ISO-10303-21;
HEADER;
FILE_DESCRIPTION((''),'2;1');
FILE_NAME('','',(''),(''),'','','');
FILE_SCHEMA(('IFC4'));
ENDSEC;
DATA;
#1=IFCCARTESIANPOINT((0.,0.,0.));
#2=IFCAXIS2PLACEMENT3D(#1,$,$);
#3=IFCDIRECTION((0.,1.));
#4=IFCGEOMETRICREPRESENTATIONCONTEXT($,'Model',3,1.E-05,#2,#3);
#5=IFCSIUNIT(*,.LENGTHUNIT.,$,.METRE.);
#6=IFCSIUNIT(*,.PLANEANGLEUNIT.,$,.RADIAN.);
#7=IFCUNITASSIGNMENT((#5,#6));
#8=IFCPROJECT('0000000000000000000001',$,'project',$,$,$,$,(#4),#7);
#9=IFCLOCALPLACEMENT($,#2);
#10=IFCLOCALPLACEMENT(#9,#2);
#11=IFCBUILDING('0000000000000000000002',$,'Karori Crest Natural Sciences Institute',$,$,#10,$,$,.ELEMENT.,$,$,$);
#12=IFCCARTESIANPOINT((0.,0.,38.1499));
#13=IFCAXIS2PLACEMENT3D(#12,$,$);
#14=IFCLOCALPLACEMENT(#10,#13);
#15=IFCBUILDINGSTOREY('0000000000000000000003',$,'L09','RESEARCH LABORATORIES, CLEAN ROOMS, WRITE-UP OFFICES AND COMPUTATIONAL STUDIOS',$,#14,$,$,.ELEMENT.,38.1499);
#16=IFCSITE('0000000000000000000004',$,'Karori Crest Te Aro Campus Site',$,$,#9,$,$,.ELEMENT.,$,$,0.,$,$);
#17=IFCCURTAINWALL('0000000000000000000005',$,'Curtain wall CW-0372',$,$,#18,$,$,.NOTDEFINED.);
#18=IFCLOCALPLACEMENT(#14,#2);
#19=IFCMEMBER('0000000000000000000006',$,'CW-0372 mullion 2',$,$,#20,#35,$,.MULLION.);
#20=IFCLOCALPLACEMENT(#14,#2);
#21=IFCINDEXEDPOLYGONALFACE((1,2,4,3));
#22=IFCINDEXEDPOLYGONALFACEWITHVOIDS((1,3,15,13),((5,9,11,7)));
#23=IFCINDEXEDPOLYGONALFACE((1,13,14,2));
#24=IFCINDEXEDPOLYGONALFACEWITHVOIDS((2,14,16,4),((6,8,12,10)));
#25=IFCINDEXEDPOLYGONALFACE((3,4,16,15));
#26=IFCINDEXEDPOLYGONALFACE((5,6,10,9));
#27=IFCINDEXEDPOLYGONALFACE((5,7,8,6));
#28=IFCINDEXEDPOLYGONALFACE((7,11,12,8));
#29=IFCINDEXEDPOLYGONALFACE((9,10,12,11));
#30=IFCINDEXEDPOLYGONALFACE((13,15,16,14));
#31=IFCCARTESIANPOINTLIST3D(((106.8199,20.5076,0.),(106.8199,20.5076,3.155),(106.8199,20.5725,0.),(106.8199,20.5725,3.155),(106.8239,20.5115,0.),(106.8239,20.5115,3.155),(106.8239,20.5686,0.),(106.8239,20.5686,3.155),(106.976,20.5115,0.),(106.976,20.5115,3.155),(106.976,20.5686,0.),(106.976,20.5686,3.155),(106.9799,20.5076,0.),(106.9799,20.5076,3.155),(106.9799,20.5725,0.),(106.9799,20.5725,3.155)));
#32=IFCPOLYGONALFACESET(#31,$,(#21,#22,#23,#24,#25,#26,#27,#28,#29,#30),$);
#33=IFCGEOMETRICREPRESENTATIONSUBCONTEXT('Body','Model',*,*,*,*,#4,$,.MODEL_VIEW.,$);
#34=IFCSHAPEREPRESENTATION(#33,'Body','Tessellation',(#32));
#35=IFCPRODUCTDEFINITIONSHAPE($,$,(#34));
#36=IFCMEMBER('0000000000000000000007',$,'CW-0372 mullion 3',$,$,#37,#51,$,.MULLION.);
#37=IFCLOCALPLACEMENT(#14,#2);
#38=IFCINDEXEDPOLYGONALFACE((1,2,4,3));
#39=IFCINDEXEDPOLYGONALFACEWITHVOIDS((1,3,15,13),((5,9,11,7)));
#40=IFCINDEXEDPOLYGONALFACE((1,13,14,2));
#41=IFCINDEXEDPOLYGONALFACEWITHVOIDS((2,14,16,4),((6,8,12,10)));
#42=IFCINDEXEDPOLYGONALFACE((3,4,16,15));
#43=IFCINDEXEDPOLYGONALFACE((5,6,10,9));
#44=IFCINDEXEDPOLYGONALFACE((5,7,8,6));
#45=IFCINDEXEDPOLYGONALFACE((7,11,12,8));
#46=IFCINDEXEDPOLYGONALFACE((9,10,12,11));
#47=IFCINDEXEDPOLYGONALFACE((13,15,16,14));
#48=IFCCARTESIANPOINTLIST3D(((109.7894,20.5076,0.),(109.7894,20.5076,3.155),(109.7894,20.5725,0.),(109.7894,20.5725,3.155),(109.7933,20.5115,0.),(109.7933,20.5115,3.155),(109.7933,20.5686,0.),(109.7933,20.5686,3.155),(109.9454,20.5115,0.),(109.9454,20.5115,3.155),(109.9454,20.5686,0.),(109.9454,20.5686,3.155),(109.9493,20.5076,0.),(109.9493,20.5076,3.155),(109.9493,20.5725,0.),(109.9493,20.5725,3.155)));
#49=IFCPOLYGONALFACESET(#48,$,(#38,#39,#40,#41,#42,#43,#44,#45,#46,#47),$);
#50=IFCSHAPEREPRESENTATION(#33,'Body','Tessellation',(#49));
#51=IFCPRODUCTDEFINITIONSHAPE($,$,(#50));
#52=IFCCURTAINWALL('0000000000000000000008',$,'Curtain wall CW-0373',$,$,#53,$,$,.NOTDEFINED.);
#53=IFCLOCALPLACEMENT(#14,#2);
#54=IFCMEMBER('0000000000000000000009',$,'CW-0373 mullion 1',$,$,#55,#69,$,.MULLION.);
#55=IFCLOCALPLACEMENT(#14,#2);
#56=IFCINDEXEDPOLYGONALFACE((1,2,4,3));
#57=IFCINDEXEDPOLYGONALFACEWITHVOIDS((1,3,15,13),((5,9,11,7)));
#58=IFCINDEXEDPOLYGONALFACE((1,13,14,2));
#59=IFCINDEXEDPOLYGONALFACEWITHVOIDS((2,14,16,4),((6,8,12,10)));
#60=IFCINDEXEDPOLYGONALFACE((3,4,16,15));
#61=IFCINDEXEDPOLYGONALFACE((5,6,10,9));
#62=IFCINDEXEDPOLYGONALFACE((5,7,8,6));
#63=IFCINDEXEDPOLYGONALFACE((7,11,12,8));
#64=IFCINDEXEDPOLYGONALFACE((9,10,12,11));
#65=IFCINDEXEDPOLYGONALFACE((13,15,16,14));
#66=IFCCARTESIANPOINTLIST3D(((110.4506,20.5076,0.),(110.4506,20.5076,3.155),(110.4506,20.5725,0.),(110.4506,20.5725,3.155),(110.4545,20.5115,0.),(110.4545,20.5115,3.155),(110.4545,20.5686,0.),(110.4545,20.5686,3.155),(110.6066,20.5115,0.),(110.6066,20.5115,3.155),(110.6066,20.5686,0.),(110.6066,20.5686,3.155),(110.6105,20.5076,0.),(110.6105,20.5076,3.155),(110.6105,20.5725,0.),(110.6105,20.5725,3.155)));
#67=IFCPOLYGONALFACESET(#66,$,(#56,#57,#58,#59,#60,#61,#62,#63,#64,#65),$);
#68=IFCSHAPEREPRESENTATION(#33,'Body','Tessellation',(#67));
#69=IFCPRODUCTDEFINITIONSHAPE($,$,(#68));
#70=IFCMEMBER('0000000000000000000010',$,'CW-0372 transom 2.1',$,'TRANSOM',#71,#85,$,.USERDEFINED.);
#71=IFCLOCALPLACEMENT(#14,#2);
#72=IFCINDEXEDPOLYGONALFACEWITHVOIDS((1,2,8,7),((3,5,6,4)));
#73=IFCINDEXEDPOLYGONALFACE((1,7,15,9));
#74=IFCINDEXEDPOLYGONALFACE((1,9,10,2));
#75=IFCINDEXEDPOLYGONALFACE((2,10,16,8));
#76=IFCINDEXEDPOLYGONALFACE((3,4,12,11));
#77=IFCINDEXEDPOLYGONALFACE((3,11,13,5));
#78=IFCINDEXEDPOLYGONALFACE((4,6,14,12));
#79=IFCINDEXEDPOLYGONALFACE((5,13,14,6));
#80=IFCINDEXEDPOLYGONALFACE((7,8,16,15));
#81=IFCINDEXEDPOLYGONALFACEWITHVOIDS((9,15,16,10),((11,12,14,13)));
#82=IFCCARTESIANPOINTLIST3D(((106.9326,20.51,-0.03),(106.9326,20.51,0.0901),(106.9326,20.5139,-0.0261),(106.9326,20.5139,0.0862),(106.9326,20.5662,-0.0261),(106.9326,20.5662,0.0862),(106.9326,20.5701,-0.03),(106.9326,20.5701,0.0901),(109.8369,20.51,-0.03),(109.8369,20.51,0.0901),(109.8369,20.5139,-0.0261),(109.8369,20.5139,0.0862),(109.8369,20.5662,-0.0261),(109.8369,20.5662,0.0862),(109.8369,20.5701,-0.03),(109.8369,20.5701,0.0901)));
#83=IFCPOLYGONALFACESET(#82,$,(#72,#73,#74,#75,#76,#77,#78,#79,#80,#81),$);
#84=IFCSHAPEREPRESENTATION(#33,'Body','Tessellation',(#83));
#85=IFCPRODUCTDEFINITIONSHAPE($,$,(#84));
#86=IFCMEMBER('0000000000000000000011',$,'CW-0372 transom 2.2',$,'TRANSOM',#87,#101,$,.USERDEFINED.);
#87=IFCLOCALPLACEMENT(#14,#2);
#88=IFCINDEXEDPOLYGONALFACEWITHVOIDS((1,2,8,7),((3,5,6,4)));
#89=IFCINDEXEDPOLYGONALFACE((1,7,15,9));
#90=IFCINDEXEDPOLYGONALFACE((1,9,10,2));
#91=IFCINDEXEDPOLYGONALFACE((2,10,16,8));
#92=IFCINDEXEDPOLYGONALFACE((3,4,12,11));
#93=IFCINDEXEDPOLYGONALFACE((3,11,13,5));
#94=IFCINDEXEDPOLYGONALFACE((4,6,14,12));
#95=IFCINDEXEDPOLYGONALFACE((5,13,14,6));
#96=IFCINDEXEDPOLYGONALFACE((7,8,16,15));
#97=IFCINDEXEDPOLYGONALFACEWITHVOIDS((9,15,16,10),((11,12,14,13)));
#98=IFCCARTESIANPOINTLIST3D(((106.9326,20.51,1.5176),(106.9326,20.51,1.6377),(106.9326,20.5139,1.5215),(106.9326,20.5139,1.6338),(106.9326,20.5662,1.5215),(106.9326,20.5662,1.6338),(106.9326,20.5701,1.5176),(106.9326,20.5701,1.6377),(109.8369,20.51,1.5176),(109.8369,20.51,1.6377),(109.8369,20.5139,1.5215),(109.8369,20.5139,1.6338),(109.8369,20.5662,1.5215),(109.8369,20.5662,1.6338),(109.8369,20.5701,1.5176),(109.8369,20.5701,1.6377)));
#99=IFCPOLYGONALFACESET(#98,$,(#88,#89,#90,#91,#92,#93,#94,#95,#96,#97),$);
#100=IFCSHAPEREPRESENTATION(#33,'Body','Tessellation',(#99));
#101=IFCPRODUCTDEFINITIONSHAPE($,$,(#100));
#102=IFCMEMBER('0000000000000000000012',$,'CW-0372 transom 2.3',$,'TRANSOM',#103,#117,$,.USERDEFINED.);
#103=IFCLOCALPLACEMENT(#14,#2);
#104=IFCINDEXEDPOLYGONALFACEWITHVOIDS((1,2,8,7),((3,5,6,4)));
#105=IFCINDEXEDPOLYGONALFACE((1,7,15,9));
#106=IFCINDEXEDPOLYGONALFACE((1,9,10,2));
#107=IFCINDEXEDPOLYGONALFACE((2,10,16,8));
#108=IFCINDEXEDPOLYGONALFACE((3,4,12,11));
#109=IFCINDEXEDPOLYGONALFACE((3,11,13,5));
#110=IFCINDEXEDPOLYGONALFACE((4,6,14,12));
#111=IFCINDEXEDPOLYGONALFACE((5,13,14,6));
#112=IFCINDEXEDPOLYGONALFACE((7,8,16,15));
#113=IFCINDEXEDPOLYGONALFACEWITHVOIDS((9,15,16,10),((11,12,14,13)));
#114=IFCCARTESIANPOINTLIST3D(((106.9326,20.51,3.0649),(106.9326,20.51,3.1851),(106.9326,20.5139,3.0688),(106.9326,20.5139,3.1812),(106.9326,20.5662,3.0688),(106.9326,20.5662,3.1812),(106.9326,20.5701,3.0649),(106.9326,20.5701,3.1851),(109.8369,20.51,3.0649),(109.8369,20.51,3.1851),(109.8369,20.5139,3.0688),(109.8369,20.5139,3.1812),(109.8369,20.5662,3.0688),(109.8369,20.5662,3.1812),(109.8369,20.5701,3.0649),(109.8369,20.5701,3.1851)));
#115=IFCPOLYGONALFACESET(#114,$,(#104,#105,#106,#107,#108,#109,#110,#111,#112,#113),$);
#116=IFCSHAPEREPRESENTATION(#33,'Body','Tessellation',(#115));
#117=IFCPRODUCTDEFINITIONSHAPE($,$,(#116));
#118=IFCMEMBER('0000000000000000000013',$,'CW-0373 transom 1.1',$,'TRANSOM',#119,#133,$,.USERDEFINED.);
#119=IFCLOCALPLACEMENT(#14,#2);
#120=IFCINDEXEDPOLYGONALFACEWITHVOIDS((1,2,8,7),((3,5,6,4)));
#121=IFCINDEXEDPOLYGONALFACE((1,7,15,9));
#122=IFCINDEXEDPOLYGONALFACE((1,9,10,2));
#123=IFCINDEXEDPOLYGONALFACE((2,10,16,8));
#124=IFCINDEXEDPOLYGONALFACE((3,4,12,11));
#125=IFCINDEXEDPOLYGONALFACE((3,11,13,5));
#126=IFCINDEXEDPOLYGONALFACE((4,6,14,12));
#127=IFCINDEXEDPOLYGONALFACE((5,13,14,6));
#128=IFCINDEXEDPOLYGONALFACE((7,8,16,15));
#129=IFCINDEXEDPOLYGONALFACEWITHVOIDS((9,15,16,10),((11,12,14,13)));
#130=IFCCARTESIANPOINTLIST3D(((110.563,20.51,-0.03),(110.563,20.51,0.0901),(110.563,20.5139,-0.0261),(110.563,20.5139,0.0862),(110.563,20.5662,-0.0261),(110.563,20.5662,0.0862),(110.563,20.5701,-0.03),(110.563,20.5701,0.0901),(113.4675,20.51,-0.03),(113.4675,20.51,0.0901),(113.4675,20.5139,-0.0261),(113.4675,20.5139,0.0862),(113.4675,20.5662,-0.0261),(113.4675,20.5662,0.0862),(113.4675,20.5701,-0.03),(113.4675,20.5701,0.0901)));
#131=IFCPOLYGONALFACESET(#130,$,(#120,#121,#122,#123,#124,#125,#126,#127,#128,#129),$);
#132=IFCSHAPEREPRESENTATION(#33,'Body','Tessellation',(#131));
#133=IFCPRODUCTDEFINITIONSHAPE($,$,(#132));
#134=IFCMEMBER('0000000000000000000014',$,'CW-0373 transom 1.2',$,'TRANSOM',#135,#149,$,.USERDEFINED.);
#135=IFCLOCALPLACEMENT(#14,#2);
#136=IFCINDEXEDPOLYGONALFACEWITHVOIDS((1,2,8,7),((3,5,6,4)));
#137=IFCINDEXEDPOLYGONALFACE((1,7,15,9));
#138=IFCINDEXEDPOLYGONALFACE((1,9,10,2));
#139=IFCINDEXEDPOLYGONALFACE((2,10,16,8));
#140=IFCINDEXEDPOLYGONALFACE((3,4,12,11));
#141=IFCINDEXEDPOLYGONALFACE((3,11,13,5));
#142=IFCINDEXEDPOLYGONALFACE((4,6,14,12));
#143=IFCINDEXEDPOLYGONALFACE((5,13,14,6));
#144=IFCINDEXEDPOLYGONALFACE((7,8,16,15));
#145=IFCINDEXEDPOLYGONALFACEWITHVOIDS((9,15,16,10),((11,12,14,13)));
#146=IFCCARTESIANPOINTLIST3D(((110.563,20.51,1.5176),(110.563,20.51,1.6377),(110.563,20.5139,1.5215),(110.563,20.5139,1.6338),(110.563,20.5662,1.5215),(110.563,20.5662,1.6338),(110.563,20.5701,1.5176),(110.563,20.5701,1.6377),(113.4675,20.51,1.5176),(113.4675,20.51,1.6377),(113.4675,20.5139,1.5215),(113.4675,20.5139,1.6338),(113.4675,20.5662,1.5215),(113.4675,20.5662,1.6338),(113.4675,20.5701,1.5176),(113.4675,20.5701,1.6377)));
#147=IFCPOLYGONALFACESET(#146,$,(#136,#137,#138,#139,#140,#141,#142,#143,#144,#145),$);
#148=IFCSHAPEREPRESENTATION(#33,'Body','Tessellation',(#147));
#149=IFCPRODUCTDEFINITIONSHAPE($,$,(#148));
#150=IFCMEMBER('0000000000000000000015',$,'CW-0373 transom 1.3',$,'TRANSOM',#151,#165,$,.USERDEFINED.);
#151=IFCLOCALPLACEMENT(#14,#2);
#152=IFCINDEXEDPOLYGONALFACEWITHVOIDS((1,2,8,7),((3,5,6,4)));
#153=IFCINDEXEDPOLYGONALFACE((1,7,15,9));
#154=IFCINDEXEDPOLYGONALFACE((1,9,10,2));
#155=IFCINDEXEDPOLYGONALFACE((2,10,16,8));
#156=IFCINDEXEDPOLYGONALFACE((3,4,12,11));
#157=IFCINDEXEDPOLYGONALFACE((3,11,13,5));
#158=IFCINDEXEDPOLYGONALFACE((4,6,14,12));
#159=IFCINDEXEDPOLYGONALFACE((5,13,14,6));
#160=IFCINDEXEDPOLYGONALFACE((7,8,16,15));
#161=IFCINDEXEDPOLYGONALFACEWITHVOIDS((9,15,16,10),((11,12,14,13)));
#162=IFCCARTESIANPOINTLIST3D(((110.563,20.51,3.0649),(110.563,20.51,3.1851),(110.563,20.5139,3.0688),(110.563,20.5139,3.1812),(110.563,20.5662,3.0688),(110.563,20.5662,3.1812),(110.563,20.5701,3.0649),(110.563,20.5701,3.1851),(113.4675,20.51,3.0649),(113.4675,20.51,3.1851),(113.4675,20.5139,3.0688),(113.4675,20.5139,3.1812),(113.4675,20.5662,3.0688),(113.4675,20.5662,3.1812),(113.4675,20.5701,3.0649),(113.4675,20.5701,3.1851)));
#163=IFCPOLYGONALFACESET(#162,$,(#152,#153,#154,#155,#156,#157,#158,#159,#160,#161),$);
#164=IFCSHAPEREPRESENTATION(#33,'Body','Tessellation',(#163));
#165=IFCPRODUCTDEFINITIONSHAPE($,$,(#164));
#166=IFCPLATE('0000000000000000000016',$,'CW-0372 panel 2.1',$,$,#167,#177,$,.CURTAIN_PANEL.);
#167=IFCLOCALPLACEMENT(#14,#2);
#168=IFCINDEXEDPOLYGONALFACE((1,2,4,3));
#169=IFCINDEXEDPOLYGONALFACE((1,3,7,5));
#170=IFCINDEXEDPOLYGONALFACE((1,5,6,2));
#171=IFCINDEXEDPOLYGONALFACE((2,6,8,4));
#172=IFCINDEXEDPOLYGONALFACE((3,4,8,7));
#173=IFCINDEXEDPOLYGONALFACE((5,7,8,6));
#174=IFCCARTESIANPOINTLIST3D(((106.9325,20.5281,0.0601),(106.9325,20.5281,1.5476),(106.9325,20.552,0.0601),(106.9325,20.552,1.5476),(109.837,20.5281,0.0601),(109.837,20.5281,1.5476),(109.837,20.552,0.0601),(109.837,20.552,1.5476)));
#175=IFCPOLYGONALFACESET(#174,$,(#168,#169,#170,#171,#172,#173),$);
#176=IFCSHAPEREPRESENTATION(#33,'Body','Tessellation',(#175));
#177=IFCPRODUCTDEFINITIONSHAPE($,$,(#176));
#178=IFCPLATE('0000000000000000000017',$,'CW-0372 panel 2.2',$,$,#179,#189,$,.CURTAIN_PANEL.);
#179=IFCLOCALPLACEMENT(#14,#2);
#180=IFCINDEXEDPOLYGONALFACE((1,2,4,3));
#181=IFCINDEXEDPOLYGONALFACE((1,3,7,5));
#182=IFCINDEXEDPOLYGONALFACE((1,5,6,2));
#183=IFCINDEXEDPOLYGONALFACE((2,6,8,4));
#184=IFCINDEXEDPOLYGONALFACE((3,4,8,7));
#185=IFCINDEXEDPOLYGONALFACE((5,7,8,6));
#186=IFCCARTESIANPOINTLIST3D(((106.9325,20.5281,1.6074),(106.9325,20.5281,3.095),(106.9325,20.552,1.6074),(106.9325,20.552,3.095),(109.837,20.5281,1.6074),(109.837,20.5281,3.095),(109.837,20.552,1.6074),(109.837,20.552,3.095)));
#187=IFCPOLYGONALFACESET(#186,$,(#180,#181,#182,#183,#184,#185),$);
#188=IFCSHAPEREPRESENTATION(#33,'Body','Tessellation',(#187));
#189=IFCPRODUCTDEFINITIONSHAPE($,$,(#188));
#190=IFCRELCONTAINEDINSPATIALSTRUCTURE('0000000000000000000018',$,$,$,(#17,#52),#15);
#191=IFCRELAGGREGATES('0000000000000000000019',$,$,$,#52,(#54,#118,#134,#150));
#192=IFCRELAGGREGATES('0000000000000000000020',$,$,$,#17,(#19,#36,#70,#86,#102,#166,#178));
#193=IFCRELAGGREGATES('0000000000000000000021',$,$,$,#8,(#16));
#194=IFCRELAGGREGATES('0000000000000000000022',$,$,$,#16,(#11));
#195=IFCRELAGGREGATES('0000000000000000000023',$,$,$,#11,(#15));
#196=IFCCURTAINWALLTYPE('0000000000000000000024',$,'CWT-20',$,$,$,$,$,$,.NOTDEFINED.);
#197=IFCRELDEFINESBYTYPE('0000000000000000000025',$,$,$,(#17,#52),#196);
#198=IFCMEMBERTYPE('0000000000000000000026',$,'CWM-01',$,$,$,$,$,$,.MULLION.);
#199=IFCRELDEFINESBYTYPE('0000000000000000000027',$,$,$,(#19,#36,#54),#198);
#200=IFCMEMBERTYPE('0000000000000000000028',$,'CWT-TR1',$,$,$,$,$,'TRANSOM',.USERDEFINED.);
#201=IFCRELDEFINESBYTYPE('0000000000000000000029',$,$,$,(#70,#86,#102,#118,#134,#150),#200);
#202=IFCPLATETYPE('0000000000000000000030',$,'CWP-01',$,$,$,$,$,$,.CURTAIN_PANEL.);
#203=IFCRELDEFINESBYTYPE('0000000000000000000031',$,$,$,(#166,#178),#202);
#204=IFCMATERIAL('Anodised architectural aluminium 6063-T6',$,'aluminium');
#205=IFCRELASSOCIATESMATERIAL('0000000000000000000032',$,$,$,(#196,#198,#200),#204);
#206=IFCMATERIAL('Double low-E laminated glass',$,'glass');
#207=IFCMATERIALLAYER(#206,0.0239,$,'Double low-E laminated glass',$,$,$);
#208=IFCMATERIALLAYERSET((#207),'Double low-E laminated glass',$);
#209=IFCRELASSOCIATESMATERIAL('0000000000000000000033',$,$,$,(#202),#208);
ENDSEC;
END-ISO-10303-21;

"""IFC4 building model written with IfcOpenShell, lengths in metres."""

from ifc_helpers import new_model, si_unit, direction, frame, origin, origin_2d, place, context, subcontext, project, spatial, rectangle, hollow_rectangle, extrude, material, layer, layer_set, material_profile, profile_set, type_object, element, aggregate, save


model = new_model("IFC4")

# Units and contexts
model_context = context("Model", 3, precision=1e-05, world=origin(), true_north=direction((0.0, 1.0)))
body_context = subcontext(model_context, "Body", "Model", "MODEL_VIEW")
ifc_project = project(units=[si_unit("LENGTHUNIT", "METRE"), si_unit("PLANEANGLEUNIT", "RADIAN")], contexts=[model_context])

# Site, building, storey
site_placement = place(None, origin())
site = spatial("IfcSite", under=ifc_project, at=site_placement, Name="Karori Crest Te Aro Campus Site", CompositionType="ELEMENT", RefElevation=0.0)
building_placement = place(site_placement, origin())
building = spatial("IfcBuilding", under=site, at=building_placement, Name="Karori Crest Natural Sciences Institute", CompositionType="ELEMENT")
storey_placement = place(building_placement, frame((0.0, 0.0, 38.1499)))
storey = spatial("IfcBuildingStorey", under=building, at=storey_placement, Name="L09", Description="RESEARCH LABORATORIES, CLEAN ROOMS, WRITE-UP OFFICES AND COMPUTATIONAL STUDIOS", CompositionType="ELEMENT", Elevation=38.1499)

# Curtain wall, members
ifc_material_1 = material(Name="Anodised architectural aluminium 6063-T6", Category="aluminium")
curtain_wall_type = type_object("IfcCurtainWallType", Name="CWT-20", PredefinedType="NOTDEFINED", material=ifc_material_1)
curtain_wall_1_placement = place(storey_placement, origin())
curtain_wall_1 = element("IfcCurtainWall", 1, at=curtain_wall_1_placement, inside=storey, type_object=curtain_wall_type, Name="Curtain wall CW-0372", PredefinedType="NOTDEFINED")
ifc_material_profile_1 = material_profile(ifc_material_1, hollow_rectangle(XDim=0.0649, YDim=0.1599, WallThickness=0.0039, at=origin_2d()), Name="CWM160x65x4")
ifc_profile_set_1 = profile_set([ifc_material_profile_1], Name="Anodised architectural aluminium 6063-T6")
member_type_1 = type_object("IfcMemberType", Name="CWM-01", PredefinedType="MULLION", material=ifc_profile_set_1)
member_1_placement = place(storey_placement, frame((106.8999, 20.54, 0.0), z_axis=(0.0, 0.0, 1.0), x_axis=(0.0, 1.0, 0.0)))
member_1 = element("IfcMember", 2, at=member_1_placement, type_object=member_type_1, Name="CW-0372 mullion 2", PredefinedType="MULLION", context=body_context, shape_type="SweptSolid", body=[
    extrude(hollow_rectangle(XDim=0.0649, YDim=0.1599, WallThickness=0.0039, at=origin_2d()), origin(), (0.0, 0.0, 1.0), 3.155),
])
member_2_placement = place(storey_placement, frame((109.8694, 20.54, 0.0), z_axis=(0.0, 0.0, 1.0), x_axis=(0.0, 1.0, 0.0)))
member_2 = element("IfcMember", 3, at=member_2_placement, type_object=member_type_1, Name="CW-0372 mullion 3", PredefinedType="MULLION", context=body_context, shape_type="SweptSolid", body=[
    extrude(hollow_rectangle(XDim=0.0649, YDim=0.1599, WallThickness=0.0039, at=origin_2d()), origin(), (0.0, 0.0, 1.0), 3.155),
])

# Curtain wall, member
curtain_wall_2_placement = place(storey_placement, origin())
curtain_wall_2 = element("IfcCurtainWall", 4, at=curtain_wall_2_placement, inside=storey, type_object=curtain_wall_type, Name="Curtain wall CW-0373", PredefinedType="NOTDEFINED")
member_3_placement = place(storey_placement, frame((110.5305, 20.54, 0.0), z_axis=(0.0, 0.0, 1.0), x_axis=(0.0, 1.0, 0.0)))
member_3 = element("IfcMember", 5, at=member_3_placement, type_object=member_type_1, Name="CW-0373 mullion 1", PredefinedType="MULLION", context=body_context, shape_type="SweptSolid", body=[
    extrude(hollow_rectangle(XDim=0.0649, YDim=0.1599, WallThickness=0.0039, at=origin_2d()), origin(), (0.0, 0.0, 1.0), 3.155),
])

# Members
ifc_material_profile_2 = material_profile(ifc_material_1, hollow_rectangle(XDim=0.0601, YDim=0.1201, WallThickness=0.0039, at=origin_2d()), Name="CWT120x60x4")
ifc_profile_set_2 = profile_set([ifc_material_profile_2], Name="Anodised architectural aluminium 6063-T6")
member_type_2 = type_object("IfcMemberType", Name="CWT-TR1", ElementType="TRANSOM", PredefinedType="USERDEFINED", material=ifc_profile_set_2)
member_4_placement = place(storey_placement, frame((106.9326, 20.54, 0.03), z_axis=(1.0, 0.0, 0.0), x_axis=(0.0, 1.0, 0.0)))
member_4 = element("IfcMember", 6, at=member_4_placement, type_object=member_type_2, Name="CW-0372 transom 2.1", ObjectType="TRANSOM", PredefinedType="USERDEFINED", context=body_context, shape_type="SweptSolid", body=[
    extrude(hollow_rectangle(XDim=0.0601, YDim=0.1201, WallThickness=0.0039, at=origin_2d()), origin(), (0.0, 0.0, 1.0), 2.9043),
])
member_5_placement = place(storey_placement, frame((106.9326, 20.54, 1.5776), z_axis=(1.0, 0.0, 0.0), x_axis=(0.0, 1.0, 0.0)))
member_5 = element("IfcMember", 7, at=member_5_placement, type_object=member_type_2, Name="CW-0372 transom 2.2", ObjectType="TRANSOM", PredefinedType="USERDEFINED", context=body_context, shape_type="SweptSolid", body=[
    extrude(hollow_rectangle(XDim=0.0601, YDim=0.1201, WallThickness=0.0039, at=origin_2d()), origin(), (0.0, 0.0, 1.0), 2.9043),
])
member_6_placement = place(storey_placement, frame((106.9326, 20.54, 3.125), z_axis=(1.0, 0.0, 0.0), x_axis=(0.0, 1.0, 0.0)))
member_6 = element("IfcMember", 8, at=member_6_placement, type_object=member_type_2, Name="CW-0372 transom 2.3", ObjectType="TRANSOM", PredefinedType="USERDEFINED", context=body_context, shape_type="SweptSolid", body=[
    extrude(hollow_rectangle(XDim=0.0601, YDim=0.1201, WallThickness=0.0039, at=origin_2d()), origin(), (0.0, 0.0, 1.0), 2.9043),
])
member_7_placement = place(storey_placement, frame((110.563, 20.54, 0.03), z_axis=(1.0, 0.0, 0.0), x_axis=(0.0, 1.0, 0.0)))
member_7 = element("IfcMember", 9, at=member_7_placement, type_object=member_type_2, Name="CW-0373 transom 1.1", ObjectType="TRANSOM", PredefinedType="USERDEFINED", context=body_context, shape_type="SweptSolid", body=[
    extrude(hollow_rectangle(XDim=0.0601, YDim=0.1201, WallThickness=0.0039, at=origin_2d()), origin(), (0.0, 0.0, 1.0), 2.9045),
])
member_8_placement = place(storey_placement, frame((110.563, 20.54, 1.5776), z_axis=(1.0, 0.0, 0.0), x_axis=(0.0, 1.0, 0.0)))
member_8 = element("IfcMember", 10, at=member_8_placement, type_object=member_type_2, Name="CW-0373 transom 1.2", ObjectType="TRANSOM", PredefinedType="USERDEFINED", context=body_context, shape_type="SweptSolid", body=[
    extrude(hollow_rectangle(XDim=0.0601, YDim=0.1201, WallThickness=0.0039, at=origin_2d()), origin(), (0.0, 0.0, 1.0), 2.9045),
])
member_9_placement = place(storey_placement, frame((110.563, 20.54, 3.125), z_axis=(1.0, 0.0, 0.0), x_axis=(0.0, 1.0, 0.0)))
member_9 = element("IfcMember", 11, at=member_9_placement, type_object=member_type_2, Name="CW-0373 transom 1.3", ObjectType="TRANSOM", PredefinedType="USERDEFINED", context=body_context, shape_type="SweptSolid", body=[
    extrude(hollow_rectangle(XDim=0.0601, YDim=0.1201, WallThickness=0.0039, at=origin_2d()), origin(), (0.0, 0.0, 1.0), 2.9045),
])
aggregate(curtain_wall_2, [member_3, member_7, member_8, member_9])

# Plates
ifc_material_2 = material(Name="Double low-E laminated glass", Category="glass")
ifc_layer_1 = layer(ifc_material_2, 0.0239, Name="Double low-E laminated glass")
ifc_layer_set_1 = layer_set([ifc_layer_1], Name="Double low-E laminated glass")
plate_type = type_object("IfcPlateType", Name="CWP-01", PredefinedType="CURTAIN_PANEL", material=ifc_layer_set_1)
plate_1_placement = place(storey_placement, frame((108.3848, 20.54, 0.0601), z_axis=(0.0, 0.0, 1.0), x_axis=(1.0, 0.0, 0.0)))
plate_1 = element("IfcPlate", 12, at=plate_1_placement, type_object=plate_type, Name="CW-0372 panel 2.1", PredefinedType="CURTAIN_PANEL", context=body_context, shape_type="SweptSolid", body=[
    extrude(rectangle(XDim=2.9045, YDim=0.0239, at=origin_2d()), origin(), (0.0, 0.0, 1.0), 1.4875),
])
plate_2_placement = place(storey_placement, frame((108.3848, 20.54, 1.6074), z_axis=(0.0, 0.0, 1.0), x_axis=(1.0, 0.0, 0.0)))
plate_2 = element("IfcPlate", 13, at=plate_2_placement, type_object=plate_type, Name="CW-0372 panel 2.2", PredefinedType="CURTAIN_PANEL", context=body_context, shape_type="SweptSolid", body=[
    extrude(rectangle(XDim=2.9045, YDim=0.0239, at=origin_2d()), origin(), (0.0, 0.0, 1.0), 1.4875),
])
aggregate(curtain_wall_1, [member_1, member_2, member_4, member_5, member_6, plate_1, plate_2])

save(model, "model.ifc")
